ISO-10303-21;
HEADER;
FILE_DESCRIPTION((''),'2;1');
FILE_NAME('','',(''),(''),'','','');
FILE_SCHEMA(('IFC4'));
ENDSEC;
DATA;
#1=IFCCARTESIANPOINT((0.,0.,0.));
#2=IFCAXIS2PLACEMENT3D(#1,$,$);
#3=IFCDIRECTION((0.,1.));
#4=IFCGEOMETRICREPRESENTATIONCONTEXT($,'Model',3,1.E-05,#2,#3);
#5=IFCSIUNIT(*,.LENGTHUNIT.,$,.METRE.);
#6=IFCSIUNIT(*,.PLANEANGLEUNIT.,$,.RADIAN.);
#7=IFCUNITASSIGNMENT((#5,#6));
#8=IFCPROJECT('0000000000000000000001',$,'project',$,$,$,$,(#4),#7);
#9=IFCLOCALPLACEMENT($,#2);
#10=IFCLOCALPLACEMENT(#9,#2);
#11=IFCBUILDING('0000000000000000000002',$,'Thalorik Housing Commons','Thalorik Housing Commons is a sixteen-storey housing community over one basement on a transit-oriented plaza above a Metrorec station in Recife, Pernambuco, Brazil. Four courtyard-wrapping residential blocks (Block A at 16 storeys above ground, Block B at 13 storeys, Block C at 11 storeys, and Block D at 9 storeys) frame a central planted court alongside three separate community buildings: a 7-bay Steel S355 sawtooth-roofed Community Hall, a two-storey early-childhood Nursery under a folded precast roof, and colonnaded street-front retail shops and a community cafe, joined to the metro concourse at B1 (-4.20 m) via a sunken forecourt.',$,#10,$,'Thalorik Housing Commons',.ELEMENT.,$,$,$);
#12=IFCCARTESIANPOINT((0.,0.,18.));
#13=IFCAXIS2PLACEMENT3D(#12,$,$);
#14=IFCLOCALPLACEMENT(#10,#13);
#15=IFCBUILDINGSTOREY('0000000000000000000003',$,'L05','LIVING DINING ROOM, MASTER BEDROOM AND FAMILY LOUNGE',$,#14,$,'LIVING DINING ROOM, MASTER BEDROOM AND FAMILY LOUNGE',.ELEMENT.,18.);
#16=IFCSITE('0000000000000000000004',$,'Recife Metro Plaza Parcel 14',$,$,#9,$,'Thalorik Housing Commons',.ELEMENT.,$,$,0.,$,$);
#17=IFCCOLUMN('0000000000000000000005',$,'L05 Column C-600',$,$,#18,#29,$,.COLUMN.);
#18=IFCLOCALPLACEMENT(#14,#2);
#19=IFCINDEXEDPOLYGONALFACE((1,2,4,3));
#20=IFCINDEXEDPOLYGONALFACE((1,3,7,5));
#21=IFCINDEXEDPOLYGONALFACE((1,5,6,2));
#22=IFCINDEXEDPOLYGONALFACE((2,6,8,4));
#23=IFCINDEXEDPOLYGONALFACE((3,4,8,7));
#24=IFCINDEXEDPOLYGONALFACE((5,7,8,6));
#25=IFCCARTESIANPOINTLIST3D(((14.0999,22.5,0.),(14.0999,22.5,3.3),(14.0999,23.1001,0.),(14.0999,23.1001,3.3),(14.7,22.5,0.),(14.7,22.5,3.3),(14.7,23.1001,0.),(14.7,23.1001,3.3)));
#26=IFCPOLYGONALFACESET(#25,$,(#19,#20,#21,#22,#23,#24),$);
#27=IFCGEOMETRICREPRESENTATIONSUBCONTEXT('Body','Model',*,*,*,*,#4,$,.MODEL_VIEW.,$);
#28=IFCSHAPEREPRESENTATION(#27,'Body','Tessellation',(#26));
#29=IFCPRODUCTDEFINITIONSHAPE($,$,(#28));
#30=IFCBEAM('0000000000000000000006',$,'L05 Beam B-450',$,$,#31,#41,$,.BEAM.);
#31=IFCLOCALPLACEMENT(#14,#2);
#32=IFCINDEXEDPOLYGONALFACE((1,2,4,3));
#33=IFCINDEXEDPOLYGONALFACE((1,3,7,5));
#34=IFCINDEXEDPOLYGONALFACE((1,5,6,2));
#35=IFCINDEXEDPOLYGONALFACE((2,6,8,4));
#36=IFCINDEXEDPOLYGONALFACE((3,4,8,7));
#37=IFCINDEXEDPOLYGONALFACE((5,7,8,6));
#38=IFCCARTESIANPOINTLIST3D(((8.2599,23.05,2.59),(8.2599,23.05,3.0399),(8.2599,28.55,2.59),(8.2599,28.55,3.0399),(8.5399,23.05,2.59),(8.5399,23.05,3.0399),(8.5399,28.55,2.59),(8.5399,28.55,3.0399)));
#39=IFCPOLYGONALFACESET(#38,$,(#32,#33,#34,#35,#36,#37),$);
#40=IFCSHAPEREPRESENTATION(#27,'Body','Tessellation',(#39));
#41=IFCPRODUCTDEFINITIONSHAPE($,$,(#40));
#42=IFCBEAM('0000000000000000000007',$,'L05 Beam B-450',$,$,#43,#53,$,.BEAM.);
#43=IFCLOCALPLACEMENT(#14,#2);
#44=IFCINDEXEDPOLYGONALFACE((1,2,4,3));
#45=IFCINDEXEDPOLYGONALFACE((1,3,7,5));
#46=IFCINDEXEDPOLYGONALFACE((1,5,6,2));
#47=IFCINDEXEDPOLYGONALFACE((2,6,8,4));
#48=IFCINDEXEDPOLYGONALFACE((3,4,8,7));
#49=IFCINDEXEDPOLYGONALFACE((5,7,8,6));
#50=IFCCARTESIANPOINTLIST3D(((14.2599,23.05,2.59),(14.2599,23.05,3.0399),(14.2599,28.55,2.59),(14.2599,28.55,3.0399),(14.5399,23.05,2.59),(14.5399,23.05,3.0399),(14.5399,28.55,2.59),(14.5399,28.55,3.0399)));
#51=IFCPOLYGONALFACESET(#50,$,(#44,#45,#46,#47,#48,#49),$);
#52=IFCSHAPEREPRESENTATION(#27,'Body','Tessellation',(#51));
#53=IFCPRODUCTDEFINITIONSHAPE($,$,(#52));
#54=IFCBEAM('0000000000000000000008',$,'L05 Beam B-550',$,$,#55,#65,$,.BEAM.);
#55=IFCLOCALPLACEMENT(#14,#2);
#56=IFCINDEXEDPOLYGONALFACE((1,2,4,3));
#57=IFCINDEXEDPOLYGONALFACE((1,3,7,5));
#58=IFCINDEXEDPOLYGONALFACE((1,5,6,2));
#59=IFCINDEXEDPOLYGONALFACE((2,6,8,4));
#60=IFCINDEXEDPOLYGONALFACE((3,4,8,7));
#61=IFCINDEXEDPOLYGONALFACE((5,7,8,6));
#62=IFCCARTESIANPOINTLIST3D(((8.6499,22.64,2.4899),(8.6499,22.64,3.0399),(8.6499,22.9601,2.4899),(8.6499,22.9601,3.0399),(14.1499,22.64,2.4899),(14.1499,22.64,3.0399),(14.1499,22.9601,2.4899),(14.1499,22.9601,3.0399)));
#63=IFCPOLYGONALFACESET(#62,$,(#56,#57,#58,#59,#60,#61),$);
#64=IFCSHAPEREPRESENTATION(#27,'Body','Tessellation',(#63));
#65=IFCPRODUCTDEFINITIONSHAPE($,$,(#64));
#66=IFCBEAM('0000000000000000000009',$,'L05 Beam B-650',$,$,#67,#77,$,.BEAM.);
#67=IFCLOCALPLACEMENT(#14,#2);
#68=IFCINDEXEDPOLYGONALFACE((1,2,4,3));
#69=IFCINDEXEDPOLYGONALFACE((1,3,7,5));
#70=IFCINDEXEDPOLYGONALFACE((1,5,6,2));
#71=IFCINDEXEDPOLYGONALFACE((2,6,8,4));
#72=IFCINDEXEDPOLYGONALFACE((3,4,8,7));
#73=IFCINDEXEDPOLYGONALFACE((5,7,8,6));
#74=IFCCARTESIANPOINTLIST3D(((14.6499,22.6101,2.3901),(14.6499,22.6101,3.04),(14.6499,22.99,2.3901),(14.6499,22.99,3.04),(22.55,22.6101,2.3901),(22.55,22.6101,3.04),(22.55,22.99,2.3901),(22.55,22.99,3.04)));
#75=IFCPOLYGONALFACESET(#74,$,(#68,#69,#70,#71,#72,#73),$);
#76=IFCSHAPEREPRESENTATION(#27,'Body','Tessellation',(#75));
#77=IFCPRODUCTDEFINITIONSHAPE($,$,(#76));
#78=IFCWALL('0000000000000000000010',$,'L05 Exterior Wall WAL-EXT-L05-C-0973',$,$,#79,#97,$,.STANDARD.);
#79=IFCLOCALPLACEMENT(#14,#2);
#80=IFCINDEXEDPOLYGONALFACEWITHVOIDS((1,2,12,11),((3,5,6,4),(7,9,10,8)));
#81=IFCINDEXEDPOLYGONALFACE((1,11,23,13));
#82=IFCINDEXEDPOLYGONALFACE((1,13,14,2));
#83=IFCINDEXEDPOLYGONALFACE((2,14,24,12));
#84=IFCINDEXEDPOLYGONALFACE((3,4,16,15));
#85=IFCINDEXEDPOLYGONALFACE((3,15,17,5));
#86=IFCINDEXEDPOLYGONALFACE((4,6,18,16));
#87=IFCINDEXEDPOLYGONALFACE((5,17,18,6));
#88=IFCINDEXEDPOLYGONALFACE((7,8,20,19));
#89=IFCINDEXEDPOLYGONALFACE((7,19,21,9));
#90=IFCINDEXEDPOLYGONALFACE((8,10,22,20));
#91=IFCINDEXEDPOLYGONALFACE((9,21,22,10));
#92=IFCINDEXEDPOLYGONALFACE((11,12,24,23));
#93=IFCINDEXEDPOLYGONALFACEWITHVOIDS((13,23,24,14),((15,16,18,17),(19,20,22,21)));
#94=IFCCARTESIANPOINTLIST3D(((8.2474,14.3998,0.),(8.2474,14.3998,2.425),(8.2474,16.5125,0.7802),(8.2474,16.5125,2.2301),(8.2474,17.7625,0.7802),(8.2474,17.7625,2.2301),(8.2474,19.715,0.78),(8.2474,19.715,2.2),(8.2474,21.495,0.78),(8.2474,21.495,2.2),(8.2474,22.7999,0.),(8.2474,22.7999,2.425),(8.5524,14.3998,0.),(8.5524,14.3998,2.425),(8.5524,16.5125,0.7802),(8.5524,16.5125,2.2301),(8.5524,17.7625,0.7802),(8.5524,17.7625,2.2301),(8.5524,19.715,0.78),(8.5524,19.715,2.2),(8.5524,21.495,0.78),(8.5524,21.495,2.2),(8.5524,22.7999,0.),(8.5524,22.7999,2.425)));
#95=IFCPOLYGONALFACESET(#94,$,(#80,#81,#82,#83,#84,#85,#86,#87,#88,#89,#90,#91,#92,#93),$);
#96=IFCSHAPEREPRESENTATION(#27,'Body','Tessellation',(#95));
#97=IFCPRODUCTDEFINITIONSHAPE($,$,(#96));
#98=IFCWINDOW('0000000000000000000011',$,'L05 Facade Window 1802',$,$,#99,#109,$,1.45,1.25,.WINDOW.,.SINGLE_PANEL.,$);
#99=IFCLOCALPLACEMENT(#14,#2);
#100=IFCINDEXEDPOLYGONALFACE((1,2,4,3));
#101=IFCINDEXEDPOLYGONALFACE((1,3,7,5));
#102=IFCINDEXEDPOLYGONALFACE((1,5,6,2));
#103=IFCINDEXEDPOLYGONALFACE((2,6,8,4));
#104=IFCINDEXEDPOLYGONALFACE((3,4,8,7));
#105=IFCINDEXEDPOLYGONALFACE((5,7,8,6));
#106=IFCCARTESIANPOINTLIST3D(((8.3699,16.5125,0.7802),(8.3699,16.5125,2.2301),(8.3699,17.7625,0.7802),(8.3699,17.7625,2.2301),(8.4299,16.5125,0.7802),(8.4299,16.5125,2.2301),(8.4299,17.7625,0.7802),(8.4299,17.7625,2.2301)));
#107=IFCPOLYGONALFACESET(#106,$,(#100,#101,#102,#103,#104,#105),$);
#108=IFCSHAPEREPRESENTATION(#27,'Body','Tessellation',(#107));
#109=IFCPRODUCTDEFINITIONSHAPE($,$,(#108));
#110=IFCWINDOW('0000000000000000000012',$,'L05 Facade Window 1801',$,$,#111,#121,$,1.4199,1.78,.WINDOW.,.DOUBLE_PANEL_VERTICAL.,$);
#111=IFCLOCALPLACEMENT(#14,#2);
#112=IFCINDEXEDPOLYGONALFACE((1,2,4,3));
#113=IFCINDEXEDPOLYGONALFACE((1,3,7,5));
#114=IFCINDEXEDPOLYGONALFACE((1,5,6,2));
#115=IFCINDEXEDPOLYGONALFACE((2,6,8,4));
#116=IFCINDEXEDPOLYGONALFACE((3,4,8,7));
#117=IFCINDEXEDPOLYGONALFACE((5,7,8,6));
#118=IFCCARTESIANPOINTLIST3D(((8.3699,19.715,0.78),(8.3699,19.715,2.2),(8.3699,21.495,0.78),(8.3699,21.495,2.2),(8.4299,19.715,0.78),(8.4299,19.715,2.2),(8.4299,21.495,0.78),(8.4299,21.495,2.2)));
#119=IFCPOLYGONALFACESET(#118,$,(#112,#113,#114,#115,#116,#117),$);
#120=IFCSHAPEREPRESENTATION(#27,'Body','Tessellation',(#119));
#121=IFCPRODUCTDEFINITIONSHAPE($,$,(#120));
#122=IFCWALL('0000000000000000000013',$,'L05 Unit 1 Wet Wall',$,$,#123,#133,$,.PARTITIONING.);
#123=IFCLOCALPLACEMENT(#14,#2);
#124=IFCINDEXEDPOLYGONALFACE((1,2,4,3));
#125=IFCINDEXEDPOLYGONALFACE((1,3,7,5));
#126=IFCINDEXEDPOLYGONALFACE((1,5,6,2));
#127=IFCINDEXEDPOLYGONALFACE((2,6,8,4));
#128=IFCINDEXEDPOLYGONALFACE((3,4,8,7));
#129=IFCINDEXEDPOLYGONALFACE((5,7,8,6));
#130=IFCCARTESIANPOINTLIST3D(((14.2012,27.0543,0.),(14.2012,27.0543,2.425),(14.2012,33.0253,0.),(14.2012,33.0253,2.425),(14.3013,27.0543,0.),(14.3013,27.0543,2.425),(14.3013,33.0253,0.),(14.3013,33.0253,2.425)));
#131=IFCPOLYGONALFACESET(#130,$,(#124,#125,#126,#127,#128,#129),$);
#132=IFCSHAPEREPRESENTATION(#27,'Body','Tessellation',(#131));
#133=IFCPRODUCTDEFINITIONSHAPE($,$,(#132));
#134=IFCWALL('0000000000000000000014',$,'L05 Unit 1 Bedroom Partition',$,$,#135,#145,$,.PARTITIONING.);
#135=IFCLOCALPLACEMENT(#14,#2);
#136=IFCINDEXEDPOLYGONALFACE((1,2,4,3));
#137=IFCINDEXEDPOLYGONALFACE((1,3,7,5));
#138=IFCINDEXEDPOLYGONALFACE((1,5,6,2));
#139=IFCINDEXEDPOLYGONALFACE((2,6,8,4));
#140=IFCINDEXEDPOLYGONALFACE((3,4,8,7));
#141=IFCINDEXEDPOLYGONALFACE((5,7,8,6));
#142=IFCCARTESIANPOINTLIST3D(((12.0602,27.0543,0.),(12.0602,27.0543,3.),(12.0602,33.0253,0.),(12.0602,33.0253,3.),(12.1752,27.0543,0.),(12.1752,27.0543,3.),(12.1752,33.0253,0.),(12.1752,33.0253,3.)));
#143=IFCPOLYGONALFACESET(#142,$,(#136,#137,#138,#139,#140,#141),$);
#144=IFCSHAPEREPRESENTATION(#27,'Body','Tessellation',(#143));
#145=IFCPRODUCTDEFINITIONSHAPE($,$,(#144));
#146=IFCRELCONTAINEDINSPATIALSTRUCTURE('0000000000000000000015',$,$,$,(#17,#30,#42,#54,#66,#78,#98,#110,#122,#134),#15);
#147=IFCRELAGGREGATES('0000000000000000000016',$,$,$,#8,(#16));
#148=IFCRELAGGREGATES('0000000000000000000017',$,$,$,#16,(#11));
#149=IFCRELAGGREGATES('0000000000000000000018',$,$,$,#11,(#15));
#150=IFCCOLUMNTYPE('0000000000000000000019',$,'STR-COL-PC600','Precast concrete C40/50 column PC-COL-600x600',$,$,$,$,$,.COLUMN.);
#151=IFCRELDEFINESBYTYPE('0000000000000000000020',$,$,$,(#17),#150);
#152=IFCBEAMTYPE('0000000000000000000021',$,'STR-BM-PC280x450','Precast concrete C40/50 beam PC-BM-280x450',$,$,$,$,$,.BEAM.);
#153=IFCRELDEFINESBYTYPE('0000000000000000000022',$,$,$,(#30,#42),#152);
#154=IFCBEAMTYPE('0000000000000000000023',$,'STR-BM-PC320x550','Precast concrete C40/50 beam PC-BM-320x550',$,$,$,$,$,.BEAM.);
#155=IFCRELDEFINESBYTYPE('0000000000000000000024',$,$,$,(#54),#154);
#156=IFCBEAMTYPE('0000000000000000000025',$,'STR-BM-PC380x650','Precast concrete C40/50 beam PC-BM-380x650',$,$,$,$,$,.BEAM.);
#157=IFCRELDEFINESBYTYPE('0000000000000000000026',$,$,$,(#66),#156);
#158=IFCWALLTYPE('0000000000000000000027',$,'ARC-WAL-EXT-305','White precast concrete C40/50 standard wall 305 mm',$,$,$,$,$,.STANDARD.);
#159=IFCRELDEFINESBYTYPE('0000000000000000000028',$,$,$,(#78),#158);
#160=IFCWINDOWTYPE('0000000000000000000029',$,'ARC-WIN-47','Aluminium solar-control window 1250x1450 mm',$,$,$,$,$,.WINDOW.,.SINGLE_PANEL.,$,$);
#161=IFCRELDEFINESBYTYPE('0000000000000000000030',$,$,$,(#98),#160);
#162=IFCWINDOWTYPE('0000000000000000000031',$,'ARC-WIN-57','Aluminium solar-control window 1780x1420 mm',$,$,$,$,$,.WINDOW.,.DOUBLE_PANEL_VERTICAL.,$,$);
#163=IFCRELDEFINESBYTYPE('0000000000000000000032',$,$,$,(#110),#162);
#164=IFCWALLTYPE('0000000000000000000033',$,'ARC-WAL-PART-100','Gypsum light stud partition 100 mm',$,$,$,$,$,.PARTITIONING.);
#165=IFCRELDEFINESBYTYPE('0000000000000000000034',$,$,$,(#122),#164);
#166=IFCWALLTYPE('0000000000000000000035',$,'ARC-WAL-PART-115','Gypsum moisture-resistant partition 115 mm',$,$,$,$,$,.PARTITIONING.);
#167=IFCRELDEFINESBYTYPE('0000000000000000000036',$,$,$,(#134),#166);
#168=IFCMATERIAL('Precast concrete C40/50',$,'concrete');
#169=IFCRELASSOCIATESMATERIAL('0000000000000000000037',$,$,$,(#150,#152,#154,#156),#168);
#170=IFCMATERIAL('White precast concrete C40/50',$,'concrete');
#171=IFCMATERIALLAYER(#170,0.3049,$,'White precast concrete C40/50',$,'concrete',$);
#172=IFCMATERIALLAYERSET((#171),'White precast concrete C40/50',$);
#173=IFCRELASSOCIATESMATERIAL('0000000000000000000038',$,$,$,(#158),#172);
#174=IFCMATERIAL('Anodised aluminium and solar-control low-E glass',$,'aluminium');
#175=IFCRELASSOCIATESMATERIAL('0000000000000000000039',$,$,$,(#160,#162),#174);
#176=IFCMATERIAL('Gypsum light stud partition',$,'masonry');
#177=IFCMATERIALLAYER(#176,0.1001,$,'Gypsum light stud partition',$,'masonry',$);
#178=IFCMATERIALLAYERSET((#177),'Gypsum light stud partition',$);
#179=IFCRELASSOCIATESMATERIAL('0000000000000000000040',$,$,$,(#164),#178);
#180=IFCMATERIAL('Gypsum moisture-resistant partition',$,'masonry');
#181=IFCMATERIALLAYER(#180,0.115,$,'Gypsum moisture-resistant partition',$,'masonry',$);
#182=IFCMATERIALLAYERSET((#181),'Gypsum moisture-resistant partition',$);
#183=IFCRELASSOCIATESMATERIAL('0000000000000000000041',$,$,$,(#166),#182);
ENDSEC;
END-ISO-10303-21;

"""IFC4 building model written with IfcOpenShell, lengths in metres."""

from ifc_helpers import new_model, si_unit, direction, frame, frame_2d, origin, origin_2d, place, context, subcontext, project, spatial, rectangle, extrude, material, layer, layer_set, material_profile, profile_set, type_object, element, fill, save


model = new_model("IFC4")

# Units and contexts
model_context = context("Model", 3, precision=1e-05, world=origin(), true_north=direction((0.0, 1.0)))
body_context = subcontext(model_context, "Body", "Model", "MODEL_VIEW")
ifc_project = project(units=[si_unit("LENGTHUNIT", "METRE"), si_unit("PLANEANGLEUNIT", "RADIAN")], contexts=[model_context])

# Site, building, storey
site_placement = place(None, origin())
site = spatial("IfcSite", under=ifc_project, at=site_placement, Name="Recife Metro Plaza Parcel 14", LongName="Thalorik Housing Commons", CompositionType="ELEMENT", RefElevation=0.0)
building_placement = place(site_placement, origin())
building = spatial("IfcBuilding", under=site, at=building_placement, Name="Thalorik Housing Commons", Description="Thalorik Housing Commons is a sixteen-storey housing community over one basement on a transit-oriented plaza above a Metrorec station in Recife, Pernambuco, Brazil. Four courtyard-wrapping residential blocks (Block A at 16 storeys above ground, Block B at 13 storeys, Block C at 11 storeys, and Block D at 9 storeys) frame a central planted court alongside three separate community buildings: a 7-bay Steel S355 sawtooth-roofed Community Hall, a two-storey early-childhood Nursery under a folded precast roof, and colonnaded street-front retail shops and a community cafe, joined to the metro concourse at B1 (-4.20 m) via a sunken forecourt.", LongName="Thalorik Housing Commons", CompositionType="ELEMENT")
storey_placement = place(building_placement, frame((0.0, 0.0, 18.0)))
storey = spatial("IfcBuildingStorey", under=building, at=storey_placement, Name="L05", Description="LIVING DINING ROOM, MASTER BEDROOM AND FAMILY LOUNGE", LongName="LIVING DINING ROOM, MASTER BEDROOM AND FAMILY LOUNGE", CompositionType="ELEMENT", Elevation=18.0)

# Column
ifc_material_1 = material(Name="Precast concrete C40/50", Category="concrete")
ifc_material_profile_1 = material_profile(ifc_material_1, rectangle(XDim=0.6001, YDim=0.6001, at=origin_2d()), Name="PC 600x600", Category="concrete")
ifc_profile_set_1 = profile_set([ifc_material_profile_1], Name="Precast concrete C40/50")
column_type = type_object("IfcColumnType", Name="STR-COL-PC600", Description="Precast concrete C40/50 column PC-COL-600x600", PredefinedType="COLUMN", material=ifc_profile_set_1)
column_placement = place(storey_placement, frame((14.3999, 22.8, 0.0), z_axis=(0.0, 0.0, 1.0), x_axis=(1.0, 0.0, 0.0)))
element("IfcColumn", 1, at=column_placement, inside=storey, type_object=column_type, Name="L05 Column C-600", PredefinedType="COLUMN", context=body_context, shape_type="SweptSolid", body=[
    extrude(rectangle(XDim=0.6001, YDim=0.6001, at=origin_2d()), origin(), (0.0, 0.0, 1.0), 3.3),
])

# Beams
ifc_material_profile_2 = material_profile(ifc_material_1, rectangle(XDim=0.28, YDim=0.45, at=origin_2d()), Name="PC 280x450", Category="concrete")
ifc_profile_set_2 = profile_set([ifc_material_profile_2], Name="Precast concrete C40/50")
beam_type_1 = type_object("IfcBeamType", Name="STR-BM-PC280x450", Description="Precast concrete C40/50 beam PC-BM-280x450", PredefinedType="BEAM", material=ifc_profile_set_2)
for number, where, z_axis, x_axis, name in (
    (2, (8.3999, 23.05, 2.8149), (0.0, 1.0, 0.0), (-1.0, 0.0, 0.0), "L05 Beam B-450"),
    (3, (14.3999, 23.05, 2.8149), (0.0, 1.0, 0.0), (-1.0, 0.0, 0.0), "L05 Beam B-450"),
):
    element("IfcBeam", number, at=place(storey_placement, frame(where, z_axis=z_axis, x_axis=x_axis)), inside=storey, type_object=beam_type_1, Name=name, PredefinedType="BEAM", context=body_context, shape_type="SweptSolid", body=[
        extrude(rectangle(XDim=0.28, YDim=0.45, at=origin_2d()), origin(), (0.0, 0.0, 1.0), 5.5),
    ])
ifc_material_profile_3 = material_profile(ifc_material_1, rectangle(XDim=0.3201, YDim=0.55, at=origin_2d()), Name="PC 320x550", Category="concrete")
ifc_profile_set_3 = profile_set([ifc_material_profile_3], Name="Precast concrete C40/50")
beam_type_2 = type_object("IfcBeamType", Name="STR-BM-PC320x550", Description="Precast concrete C40/50 beam PC-BM-320x550", PredefinedType="BEAM", material=ifc_profile_set_3)
beam_1_placement = place(storey_placement, frame((8.6499, 22.8, 2.7649), z_axis=(1.0, 0.0, 0.0), x_axis=(0.0, 1.0, 0.0)))
element("IfcBeam", 4, at=beam_1_placement, inside=storey, type_object=beam_type_2, Name="L05 Beam B-550", PredefinedType="BEAM", context=body_context, shape_type="SweptSolid", body=[
    extrude(rectangle(XDim=0.3201, YDim=0.55, at=origin_2d()), origin(), (0.0, 0.0, 1.0), 5.5),
])
ifc_material_profile_4 = material_profile(ifc_material_1, rectangle(XDim=0.3799, YDim=0.6499, at=origin_2d()), Name="PC 380x650", Category="concrete")
ifc_profile_set_4 = profile_set([ifc_material_profile_4], Name="Precast concrete C40/50")
beam_type_3 = type_object("IfcBeamType", Name="STR-BM-PC380x650", Description="Precast concrete C40/50 beam PC-BM-380x650", PredefinedType="BEAM", material=ifc_profile_set_4)
beam_2_placement = place(storey_placement, frame((14.6499, 22.8, 2.7151), z_axis=(1.0, 0.0, 0.0), x_axis=(0.0, 1.0, 0.0)))
element("IfcBeam", 5, at=beam_2_placement, inside=storey, type_object=beam_type_3, Name="L05 Beam B-650", PredefinedType="BEAM", context=body_context, shape_type="SweptSolid", body=[
    extrude(rectangle(XDim=0.3799, YDim=0.6499, at=origin_2d()), origin(), (0.0, 0.0, 1.0), 7.9001),
])

# Wall, openings, windows
ifc_material_2 = material(Name="White precast concrete C40/50", Category="concrete")
ifc_layer_1 = layer(ifc_material_2, 0.3049, Name="White precast concrete C40/50", Category="concrete")
ifc_layer_set_1 = layer_set([ifc_layer_1], Name="White precast concrete C40/50")
wall_type_1 = type_object("IfcWallType", Name="ARC-WAL-EXT-305", Description="White precast concrete C40/50 standard wall 305 mm", PredefinedType="STANDARD", material=ifc_layer_set_1)
wall_1_placement = place(storey_placement, frame((8.3999, 22.8, 0.0), z_axis=(0.0, 0.0, 1.0), x_axis=(0.0, -1.0, 0.0)))
wall_1 = element("IfcWall", 6, at=wall_1_placement, inside=storey, type_object=wall_type_1, Name="L05 Exterior Wall WAL-EXT-L05-C-0973", PredefinedType="STANDARD", context=body_context, shape_type="SweptSolid", body=[
    extrude(rectangle(XDim=8.4001, YDim=0.3049, at=frame_2d((4.2002, 0.0))), origin(), (0.0, 0.0, 1.0), 2.425),
])
opening_1_placement = place(wall_1_placement, frame((1.3049, 0.0, 0.78)))
opening_1 = element("IfcOpeningElement", 7, at=opening_1_placement, cuts=wall_1, PredefinedType="OPENING", context=body_context, shape_type="SweptSolid", body=[
    extrude(rectangle(XDim=1.78, YDim=1.4199, at=frame_2d((0.8901, 0.71))), frame((0.0, 0.1626, 0.0), z_axis=(0.0, -1.0, 0.0), x_axis=(1.0, 0.0, 0.0)), (0.0, 0.0, 1.0), 0.325),
])
opening_2_placement = place(wall_1_placement, frame((5.0376, 0.0, 0.78)))
opening_2 = element("IfcOpeningElement", 8, at=opening_2_placement, cuts=wall_1, PredefinedType="OPENING", context=body_context, shape_type="SweptSolid", body=[
    extrude(rectangle(XDim=1.25, YDim=1.45, at=frame_2d((0.625, 0.7251))), frame((0.0, 0.1626, 0.0), z_axis=(0.0, -1.0, 0.0), x_axis=(1.0, 0.0, 0.0)), (0.0, 0.0, 1.0), 0.325),
])
ifc_material_3 = material(Name="Anodised aluminium and solar-control low-E glass", Category="aluminium")
window_type_1 = type_object("IfcWindowType", Name="ARC-WIN-47", Description="Aluminium solar-control window 1250x1450 mm", PartitioningType="SINGLE_PANEL", PredefinedType="WINDOW", material=ifc_material_3)
window_1_placement = place(opening_2_placement, origin())
window_1 = element("IfcWindow", 9, at=window_1_placement, inside=storey, type_object=window_type_1, Name="L05 Facade Window 1802", OverallHeight=1.45, OverallWidth=1.25, PartitioningType="SINGLE_PANEL", PredefinedType="WINDOW", context=body_context, shape_type="SweptSolid", body=[
    extrude(rectangle(XDim=1.25, YDim=1.45, at=frame_2d((0.625, 0.7251))), frame((0.0, 0.03, 0.0), z_axis=(0.0, -1.0, 0.0), x_axis=(1.0, 0.0, 0.0)), (0.0, 0.0, 1.0), 0.0601),
])
fill(opening_2, window_1)
window_type_2 = type_object("IfcWindowType", Name="ARC-WIN-57", Description="Aluminium solar-control window 1780x1420 mm", PartitioningType="DOUBLE_PANEL_VERTICAL", PredefinedType="WINDOW", material=ifc_material_3)
window_2_placement = place(opening_1_placement, origin())
window_2 = element("IfcWindow", 10, at=window_2_placement, inside=storey, type_object=window_type_2, Name="L05 Facade Window 1801", OverallHeight=1.4199, OverallWidth=1.78, PartitioningType="DOUBLE_PANEL_VERTICAL", PredefinedType="WINDOW", context=body_context, shape_type="SweptSolid", body=[
    extrude(rectangle(XDim=1.78, YDim=1.4199, at=frame_2d((0.8901, 0.71))), frame((0.0, 0.03, 0.0), z_axis=(0.0, -1.0, 0.0), x_axis=(1.0, 0.0, 0.0)), (0.0, 0.0, 1.0), 0.0601),
])
fill(opening_1, window_2)

# Walls
ifc_material_4 = material(Name="Gypsum light stud partition", Category="masonry")
ifc_layer_2 = layer(ifc_material_4, 0.1001, Name="Gypsum light stud partition", Category="masonry")
ifc_layer_set_2 = layer_set([ifc_layer_2], Name="Gypsum light stud partition")
wall_type_2 = type_object("IfcWallType", Name="ARC-WAL-PART-100", Description="Gypsum light stud partition 100 mm", PredefinedType="PARTITIONING", material=ifc_layer_set_2)
wall_2_placement = place(storey_placement, frame((14.2512, 27.0544, 0.0), z_axis=(0.0, 0.0, 1.0), x_axis=(0.0, 1.0, 0.0)))
element("IfcWall", 11, at=wall_2_placement, inside=storey, type_object=wall_type_2, Name="L05 Unit 1 Wet Wall", PredefinedType="PARTITIONING", context=body_context, shape_type="SweptSolid", body=[
    extrude(rectangle(XDim=5.9709, YDim=0.1001, at=frame_2d((2.9854, 0.0))), origin(), (0.0, 0.0, 1.0), 2.425),
])
ifc_material_5 = material(Name="Gypsum moisture-resistant partition", Category="masonry")
ifc_layer_3 = layer(ifc_material_5, 0.115, Name="Gypsum moisture-resistant partition", Category="masonry")
ifc_layer_set_3 = layer_set([ifc_layer_3], Name="Gypsum moisture-resistant partition")
wall_type_3 = type_object("IfcWallType", Name="ARC-WAL-PART-115", Description="Gypsum moisture-resistant partition 115 mm", PredefinedType="PARTITIONING", material=ifc_layer_set_3)
wall_3_placement = place(storey_placement, frame((12.1177, 27.0544, 0.0), z_axis=(0.0, 0.0, 1.0), x_axis=(0.0, 1.0, 0.0)))
element("IfcWall", 12, at=wall_3_placement, inside=storey, type_object=wall_type_3, Name="L05 Unit 1 Bedroom Partition", PredefinedType="PARTITIONING", context=body_context, shape_type="SweptSolid", body=[
    extrude(rectangle(XDim=5.9709, YDim=0.115, at=frame_2d((2.9854, 0.0))), origin(), (0.0, 0.0, 1.0), 3.0),
])

save(model, "model.ifc")
